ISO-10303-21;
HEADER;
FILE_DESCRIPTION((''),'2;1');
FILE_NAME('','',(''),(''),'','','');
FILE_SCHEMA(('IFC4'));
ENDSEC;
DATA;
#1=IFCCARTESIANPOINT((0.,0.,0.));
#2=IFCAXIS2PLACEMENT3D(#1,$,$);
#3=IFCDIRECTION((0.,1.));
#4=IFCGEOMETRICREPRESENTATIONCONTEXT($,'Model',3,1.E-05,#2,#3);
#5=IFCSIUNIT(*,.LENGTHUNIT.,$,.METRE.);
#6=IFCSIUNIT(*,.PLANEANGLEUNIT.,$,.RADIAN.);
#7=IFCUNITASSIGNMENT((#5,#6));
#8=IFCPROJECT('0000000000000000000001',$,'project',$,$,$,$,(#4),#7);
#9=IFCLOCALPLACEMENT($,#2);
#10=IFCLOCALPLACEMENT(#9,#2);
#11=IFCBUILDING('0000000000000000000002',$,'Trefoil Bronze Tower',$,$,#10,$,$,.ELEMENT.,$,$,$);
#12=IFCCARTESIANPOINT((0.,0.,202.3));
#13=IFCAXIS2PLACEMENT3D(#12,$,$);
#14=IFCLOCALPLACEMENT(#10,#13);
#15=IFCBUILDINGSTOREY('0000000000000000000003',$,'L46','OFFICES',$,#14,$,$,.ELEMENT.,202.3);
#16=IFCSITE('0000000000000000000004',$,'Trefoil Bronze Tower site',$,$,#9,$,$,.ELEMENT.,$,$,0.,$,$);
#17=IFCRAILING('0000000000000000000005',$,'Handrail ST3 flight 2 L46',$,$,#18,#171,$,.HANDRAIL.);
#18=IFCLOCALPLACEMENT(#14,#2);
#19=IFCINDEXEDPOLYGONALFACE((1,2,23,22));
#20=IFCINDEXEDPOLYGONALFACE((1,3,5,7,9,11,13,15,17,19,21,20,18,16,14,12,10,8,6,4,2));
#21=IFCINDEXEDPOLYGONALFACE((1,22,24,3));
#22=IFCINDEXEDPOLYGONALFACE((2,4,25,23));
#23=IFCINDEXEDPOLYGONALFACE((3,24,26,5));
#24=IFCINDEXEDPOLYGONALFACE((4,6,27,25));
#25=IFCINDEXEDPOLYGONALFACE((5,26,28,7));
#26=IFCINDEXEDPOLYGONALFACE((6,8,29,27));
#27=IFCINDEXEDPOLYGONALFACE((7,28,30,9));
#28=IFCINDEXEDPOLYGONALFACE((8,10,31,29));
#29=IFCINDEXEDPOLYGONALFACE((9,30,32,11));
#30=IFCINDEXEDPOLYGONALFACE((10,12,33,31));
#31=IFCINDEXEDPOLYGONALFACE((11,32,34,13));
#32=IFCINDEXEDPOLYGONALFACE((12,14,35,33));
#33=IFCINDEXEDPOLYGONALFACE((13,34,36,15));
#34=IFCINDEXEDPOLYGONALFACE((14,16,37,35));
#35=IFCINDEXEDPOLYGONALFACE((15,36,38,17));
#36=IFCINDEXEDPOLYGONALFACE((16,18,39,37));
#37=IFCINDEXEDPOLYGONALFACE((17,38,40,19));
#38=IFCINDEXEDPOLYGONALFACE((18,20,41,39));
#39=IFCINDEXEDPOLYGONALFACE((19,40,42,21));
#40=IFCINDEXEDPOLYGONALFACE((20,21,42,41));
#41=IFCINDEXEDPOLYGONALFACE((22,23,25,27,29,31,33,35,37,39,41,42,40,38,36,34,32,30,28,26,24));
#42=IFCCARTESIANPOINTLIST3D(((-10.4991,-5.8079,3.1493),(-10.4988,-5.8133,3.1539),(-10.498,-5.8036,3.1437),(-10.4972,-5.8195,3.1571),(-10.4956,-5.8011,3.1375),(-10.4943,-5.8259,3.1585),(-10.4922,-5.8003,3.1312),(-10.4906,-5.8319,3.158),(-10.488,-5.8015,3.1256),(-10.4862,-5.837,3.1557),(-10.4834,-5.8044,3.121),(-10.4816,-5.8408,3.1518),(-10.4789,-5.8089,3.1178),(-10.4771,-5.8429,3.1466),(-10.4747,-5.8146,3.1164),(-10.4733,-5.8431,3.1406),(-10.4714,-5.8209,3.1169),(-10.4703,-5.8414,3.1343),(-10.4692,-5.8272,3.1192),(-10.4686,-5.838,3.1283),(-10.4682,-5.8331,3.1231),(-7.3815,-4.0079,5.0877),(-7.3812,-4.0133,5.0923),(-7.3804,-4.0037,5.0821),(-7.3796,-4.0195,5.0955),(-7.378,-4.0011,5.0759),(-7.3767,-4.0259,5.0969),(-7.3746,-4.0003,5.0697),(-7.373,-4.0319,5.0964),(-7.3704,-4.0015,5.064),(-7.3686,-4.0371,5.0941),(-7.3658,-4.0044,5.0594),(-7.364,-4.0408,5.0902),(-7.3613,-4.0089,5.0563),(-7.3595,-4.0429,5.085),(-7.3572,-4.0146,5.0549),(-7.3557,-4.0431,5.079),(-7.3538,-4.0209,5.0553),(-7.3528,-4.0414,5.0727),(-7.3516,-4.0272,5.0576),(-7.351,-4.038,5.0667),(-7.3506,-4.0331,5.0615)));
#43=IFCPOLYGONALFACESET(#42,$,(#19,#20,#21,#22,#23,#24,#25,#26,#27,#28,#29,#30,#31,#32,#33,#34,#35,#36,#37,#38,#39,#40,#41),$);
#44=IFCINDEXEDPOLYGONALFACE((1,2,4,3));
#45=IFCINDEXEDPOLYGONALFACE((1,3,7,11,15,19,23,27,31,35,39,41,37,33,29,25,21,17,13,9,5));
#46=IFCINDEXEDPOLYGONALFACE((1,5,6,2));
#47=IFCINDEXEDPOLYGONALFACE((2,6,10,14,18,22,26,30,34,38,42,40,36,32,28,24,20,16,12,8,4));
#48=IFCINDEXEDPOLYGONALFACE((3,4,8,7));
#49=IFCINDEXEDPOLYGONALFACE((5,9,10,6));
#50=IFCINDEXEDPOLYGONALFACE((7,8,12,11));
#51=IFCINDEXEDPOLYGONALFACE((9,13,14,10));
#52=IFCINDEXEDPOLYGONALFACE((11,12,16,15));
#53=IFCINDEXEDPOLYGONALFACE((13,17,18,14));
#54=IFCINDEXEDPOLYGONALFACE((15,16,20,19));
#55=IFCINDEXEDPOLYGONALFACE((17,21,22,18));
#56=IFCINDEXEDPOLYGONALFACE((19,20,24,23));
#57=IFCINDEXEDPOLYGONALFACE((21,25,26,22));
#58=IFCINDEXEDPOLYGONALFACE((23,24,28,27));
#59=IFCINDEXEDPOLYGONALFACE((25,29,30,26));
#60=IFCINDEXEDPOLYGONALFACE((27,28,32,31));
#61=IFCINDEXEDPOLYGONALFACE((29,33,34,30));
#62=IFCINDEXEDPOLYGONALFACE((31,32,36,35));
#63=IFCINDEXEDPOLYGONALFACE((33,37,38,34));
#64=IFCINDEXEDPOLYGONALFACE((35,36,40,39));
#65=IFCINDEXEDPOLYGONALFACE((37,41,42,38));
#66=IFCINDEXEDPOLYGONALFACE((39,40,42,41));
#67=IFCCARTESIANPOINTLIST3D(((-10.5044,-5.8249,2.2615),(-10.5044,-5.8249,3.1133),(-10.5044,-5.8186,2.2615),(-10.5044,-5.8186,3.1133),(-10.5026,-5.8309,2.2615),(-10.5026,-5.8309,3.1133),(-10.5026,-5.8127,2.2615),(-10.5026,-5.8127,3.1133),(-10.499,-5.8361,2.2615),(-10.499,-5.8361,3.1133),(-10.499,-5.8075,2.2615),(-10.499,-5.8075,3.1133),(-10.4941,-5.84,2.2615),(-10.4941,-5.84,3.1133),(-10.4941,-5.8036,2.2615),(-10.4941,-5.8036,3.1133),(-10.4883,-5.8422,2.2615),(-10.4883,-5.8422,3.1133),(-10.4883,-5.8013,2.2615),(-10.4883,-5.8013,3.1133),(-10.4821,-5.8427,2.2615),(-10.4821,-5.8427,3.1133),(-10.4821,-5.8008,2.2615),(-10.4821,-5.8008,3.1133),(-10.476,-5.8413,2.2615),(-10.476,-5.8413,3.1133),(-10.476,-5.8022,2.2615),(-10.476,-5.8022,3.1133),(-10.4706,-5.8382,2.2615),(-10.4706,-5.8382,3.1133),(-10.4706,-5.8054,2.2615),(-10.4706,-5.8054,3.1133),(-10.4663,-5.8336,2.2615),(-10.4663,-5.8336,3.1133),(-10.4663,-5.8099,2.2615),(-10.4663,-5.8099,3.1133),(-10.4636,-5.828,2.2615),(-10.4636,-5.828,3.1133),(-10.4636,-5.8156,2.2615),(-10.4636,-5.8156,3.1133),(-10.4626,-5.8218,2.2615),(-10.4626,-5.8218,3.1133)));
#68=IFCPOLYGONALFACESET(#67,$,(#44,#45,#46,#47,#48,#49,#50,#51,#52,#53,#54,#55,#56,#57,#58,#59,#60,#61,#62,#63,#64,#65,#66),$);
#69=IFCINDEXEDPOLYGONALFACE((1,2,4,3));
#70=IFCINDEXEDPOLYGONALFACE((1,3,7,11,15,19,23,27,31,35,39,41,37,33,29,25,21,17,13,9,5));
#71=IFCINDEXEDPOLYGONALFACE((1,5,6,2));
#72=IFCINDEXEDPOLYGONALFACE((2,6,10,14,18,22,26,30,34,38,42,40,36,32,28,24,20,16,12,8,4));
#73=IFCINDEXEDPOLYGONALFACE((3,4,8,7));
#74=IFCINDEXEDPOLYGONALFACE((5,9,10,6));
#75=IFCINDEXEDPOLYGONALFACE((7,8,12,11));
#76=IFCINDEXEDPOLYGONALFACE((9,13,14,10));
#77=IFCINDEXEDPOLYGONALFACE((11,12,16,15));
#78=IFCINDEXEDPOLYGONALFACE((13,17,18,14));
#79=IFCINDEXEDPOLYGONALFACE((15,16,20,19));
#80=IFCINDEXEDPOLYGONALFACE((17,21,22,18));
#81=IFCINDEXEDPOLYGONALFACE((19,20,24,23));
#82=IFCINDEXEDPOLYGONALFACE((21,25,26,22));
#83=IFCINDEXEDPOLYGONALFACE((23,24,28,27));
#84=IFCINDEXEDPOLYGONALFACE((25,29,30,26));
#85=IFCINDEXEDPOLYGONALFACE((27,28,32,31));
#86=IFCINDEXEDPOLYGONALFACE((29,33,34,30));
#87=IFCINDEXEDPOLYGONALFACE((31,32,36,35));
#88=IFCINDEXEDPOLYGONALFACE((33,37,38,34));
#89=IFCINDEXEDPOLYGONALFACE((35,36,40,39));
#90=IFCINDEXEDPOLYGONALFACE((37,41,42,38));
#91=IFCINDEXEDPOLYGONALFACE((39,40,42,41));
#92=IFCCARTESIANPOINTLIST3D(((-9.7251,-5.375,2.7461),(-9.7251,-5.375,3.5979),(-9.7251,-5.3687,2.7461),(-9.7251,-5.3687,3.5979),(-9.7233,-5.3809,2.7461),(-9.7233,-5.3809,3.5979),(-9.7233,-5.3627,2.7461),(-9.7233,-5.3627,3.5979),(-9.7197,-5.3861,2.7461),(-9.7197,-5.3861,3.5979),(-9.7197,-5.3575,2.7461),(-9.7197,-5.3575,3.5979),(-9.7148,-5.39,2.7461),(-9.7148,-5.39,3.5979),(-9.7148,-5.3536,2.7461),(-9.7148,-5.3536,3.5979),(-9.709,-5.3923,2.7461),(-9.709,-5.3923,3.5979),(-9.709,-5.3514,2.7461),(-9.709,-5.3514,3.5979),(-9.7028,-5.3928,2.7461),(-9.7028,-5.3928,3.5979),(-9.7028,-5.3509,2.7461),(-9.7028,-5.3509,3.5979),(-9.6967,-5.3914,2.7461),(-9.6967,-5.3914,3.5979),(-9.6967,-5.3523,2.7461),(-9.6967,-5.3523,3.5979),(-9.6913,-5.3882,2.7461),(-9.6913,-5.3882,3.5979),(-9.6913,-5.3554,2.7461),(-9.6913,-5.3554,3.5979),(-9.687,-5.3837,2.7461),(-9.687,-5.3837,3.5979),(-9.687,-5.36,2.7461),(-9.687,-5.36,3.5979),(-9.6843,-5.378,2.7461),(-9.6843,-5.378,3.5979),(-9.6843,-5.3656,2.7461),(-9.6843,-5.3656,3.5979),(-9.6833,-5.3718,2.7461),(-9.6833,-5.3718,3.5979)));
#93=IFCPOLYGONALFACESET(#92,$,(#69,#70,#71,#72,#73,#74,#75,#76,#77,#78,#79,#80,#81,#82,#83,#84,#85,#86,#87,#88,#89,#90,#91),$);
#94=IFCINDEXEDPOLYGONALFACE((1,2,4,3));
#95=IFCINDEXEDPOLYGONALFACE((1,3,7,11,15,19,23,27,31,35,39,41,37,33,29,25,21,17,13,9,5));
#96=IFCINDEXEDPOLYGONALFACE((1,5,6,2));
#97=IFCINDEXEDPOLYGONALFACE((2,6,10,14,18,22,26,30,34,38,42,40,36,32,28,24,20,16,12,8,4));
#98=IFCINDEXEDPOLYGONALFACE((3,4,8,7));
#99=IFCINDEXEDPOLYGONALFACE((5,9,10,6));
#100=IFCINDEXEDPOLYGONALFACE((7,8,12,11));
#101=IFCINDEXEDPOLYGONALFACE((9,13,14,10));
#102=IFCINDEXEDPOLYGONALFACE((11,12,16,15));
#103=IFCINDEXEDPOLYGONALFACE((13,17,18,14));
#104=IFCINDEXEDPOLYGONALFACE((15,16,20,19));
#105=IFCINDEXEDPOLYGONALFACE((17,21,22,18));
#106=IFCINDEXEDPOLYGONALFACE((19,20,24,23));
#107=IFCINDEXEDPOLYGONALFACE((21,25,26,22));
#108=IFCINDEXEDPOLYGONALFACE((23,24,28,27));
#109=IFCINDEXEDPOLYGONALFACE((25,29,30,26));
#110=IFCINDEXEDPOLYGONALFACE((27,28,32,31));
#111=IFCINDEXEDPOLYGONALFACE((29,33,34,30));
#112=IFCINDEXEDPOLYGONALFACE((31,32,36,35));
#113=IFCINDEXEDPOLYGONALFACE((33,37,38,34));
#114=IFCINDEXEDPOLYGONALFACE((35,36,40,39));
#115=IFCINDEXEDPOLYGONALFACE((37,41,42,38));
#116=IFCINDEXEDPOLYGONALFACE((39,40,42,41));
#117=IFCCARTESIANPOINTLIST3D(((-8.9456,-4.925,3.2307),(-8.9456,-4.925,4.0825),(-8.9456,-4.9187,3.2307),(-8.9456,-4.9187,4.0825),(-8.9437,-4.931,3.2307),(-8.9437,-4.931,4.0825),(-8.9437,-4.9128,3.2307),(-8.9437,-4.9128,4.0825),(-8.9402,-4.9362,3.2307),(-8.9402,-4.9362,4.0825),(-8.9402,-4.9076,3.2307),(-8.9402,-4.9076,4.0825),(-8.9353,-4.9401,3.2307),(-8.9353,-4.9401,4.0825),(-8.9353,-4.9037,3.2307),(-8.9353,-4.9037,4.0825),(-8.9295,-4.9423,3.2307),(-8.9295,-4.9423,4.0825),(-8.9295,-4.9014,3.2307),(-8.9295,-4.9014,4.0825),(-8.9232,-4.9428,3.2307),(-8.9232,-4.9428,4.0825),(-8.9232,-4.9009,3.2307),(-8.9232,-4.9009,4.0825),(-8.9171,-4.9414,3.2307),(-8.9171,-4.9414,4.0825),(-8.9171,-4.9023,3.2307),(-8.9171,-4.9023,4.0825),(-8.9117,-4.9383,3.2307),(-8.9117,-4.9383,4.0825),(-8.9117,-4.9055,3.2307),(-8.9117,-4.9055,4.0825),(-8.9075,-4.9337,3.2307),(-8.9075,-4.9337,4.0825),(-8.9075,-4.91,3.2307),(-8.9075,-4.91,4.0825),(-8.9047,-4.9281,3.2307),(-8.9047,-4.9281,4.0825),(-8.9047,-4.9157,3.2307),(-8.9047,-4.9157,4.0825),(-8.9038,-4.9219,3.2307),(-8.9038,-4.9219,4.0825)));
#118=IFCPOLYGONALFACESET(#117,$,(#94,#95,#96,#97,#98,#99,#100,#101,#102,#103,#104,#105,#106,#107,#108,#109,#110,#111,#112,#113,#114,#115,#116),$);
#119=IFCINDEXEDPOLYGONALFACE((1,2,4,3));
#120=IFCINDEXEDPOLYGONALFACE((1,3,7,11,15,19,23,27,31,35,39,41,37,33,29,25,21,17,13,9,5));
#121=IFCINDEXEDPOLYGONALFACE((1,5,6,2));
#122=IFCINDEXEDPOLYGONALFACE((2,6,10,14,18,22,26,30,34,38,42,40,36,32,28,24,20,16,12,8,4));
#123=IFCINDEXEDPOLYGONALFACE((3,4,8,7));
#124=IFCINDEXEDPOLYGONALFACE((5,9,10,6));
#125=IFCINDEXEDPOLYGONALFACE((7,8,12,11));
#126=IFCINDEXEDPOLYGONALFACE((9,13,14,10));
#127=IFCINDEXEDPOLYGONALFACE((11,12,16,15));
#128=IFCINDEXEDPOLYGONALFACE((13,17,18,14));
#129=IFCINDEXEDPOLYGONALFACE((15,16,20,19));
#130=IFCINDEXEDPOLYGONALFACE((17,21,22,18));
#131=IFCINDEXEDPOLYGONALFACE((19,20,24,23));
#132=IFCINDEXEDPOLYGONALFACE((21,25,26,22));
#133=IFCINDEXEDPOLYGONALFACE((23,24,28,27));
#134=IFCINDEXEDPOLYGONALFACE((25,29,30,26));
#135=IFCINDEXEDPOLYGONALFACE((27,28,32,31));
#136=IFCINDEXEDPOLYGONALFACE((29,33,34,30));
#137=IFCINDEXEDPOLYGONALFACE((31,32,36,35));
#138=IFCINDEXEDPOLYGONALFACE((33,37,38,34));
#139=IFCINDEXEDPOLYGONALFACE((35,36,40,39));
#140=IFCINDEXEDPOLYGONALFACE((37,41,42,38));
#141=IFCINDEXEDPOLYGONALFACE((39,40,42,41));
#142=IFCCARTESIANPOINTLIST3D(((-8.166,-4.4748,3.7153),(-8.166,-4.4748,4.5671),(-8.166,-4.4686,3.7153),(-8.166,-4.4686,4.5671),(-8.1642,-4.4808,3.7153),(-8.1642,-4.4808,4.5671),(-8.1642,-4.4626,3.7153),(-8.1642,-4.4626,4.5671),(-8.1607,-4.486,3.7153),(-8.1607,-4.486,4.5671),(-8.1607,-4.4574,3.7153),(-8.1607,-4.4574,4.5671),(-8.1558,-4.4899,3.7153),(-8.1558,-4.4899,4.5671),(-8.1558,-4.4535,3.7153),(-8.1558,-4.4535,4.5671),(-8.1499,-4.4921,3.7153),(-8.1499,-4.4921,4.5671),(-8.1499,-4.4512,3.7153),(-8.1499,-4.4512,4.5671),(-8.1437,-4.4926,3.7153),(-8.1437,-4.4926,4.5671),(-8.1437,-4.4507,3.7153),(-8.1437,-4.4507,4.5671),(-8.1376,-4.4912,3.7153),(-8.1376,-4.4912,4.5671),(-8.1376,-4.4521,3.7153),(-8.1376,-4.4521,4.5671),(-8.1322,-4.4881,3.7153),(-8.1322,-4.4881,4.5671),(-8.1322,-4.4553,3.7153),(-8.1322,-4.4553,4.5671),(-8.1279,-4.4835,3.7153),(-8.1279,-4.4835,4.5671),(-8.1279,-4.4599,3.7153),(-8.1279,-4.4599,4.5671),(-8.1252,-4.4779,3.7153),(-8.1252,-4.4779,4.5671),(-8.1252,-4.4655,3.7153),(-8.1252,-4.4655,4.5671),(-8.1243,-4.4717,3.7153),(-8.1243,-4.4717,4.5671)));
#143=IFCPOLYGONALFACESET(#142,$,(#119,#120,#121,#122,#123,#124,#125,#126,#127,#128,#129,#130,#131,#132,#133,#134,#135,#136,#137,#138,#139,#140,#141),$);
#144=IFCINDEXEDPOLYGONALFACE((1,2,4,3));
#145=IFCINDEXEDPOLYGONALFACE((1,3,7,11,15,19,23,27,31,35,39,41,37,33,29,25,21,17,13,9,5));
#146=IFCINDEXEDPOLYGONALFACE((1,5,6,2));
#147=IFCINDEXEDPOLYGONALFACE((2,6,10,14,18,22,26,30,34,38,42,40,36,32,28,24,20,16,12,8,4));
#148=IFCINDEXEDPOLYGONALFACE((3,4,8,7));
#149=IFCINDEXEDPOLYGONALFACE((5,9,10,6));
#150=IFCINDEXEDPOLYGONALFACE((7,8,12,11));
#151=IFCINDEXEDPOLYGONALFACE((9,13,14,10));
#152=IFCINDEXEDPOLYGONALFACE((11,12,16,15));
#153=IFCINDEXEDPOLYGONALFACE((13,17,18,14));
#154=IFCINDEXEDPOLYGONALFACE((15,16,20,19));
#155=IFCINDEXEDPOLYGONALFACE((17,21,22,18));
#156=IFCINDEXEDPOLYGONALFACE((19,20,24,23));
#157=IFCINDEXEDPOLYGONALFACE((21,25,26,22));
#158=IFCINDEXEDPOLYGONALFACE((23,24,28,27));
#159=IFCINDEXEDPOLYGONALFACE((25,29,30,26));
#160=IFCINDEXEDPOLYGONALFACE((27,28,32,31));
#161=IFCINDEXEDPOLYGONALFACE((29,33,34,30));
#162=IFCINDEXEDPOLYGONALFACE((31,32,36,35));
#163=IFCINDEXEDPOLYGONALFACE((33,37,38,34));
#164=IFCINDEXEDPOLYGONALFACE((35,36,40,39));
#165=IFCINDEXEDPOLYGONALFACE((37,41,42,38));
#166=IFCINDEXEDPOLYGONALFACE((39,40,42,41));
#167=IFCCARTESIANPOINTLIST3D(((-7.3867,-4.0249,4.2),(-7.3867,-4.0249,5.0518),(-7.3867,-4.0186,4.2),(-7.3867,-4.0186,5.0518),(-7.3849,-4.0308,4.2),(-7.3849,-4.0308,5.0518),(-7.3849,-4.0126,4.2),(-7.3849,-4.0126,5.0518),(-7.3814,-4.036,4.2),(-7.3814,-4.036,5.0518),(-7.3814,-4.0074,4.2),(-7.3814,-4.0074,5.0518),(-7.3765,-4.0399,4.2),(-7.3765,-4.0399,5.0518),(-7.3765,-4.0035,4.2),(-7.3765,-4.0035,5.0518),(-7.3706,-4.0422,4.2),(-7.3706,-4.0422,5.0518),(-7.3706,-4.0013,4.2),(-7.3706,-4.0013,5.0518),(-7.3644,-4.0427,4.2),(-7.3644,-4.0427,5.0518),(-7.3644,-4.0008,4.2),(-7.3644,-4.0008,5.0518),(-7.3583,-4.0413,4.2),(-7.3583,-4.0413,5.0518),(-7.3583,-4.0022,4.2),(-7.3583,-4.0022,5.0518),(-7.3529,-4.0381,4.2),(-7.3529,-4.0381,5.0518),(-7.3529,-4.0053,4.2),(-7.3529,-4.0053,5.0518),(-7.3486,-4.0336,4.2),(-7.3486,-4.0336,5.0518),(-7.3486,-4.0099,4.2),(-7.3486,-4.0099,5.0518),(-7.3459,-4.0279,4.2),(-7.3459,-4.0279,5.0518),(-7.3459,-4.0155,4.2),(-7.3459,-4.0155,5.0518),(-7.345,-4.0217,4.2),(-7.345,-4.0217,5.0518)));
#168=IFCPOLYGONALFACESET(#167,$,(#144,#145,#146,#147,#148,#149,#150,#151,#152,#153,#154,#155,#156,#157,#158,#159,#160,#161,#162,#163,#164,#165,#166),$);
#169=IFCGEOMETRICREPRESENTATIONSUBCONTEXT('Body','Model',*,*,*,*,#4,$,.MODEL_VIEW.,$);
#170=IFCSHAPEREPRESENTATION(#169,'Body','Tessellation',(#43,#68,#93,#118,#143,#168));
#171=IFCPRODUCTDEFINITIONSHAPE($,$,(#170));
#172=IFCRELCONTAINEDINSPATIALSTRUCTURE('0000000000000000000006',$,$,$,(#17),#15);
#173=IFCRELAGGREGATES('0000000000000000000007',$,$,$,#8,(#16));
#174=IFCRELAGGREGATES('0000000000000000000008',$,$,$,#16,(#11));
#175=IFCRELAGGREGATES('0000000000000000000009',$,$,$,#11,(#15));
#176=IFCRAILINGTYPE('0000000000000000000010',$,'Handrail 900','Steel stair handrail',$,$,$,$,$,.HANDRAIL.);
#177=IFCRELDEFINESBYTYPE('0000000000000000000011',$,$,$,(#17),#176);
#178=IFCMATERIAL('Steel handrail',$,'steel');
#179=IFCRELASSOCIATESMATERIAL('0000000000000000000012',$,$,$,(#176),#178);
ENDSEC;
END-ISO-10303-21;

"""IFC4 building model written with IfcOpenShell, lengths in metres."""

from ifc_helpers import new_model, si_unit, direction, frame, origin, origin_2d, place, context, subcontext, project, spatial, circle, extrude, material, type_object, element, save


model = new_model("IFC4")

# Units and contexts
model_context = context("Model", 3, precision=1e-05, world=origin(), true_north=direction((0.0, 1.0)))
body_context = subcontext(model_context, "Body", "Model", "MODEL_VIEW")
ifc_project = project(units=[si_unit("LENGTHUNIT", "METRE"), si_unit("PLANEANGLEUNIT", "RADIAN")], contexts=[model_context])

# Site, building, storey
site_placement = place(None, origin())
site = spatial("IfcSite", under=ifc_project, at=site_placement, Name="Trefoil Bronze Tower site", CompositionType="ELEMENT", RefElevation=0.0)
building_placement = place(site_placement, origin())
building = spatial("IfcBuilding", under=site, at=building_placement, Name="Trefoil Bronze Tower", CompositionType="ELEMENT")
storey_placement = place(building_placement, frame((0.0, 0.0, 202.3)))
storey = spatial("IfcBuildingStorey", under=building, at=storey_placement, Name="L46", Description="OFFICES", CompositionType="ELEMENT", Elevation=202.3)

# Railing
ifc_material_1 = material(Name="Steel handrail", Category="steel")
railing_type = type_object("IfcRailingType", Name="Handrail 900", Description="Steel stair handrail", PredefinedType="HANDRAIL", material=ifc_material_1)
railing_1_placement = place(storey_placement, frame((-10.4836, -5.8218, 2.2615)))
element("IfcRailing", 1, at=railing_1_placement, inside=storey, type_object=railing_type, Name="Handrail ST3 flight 2 L46", PredefinedType="HANDRAIL", context=body_context, shape_type="SweptSolid", body=[
    extrude(circle(Radius=0.0239, at=origin_2d()), frame((0.0, 0.0, 0.876), z_axis=(0.762503, 0.440246, 0.474102), x_axis=(-0.500012, 0.866018, 0.0)), (0.0, 0.0, 1.0), 4.0886),
    extrude(circle(Radius=0.021, at=origin_2d()), origin(), (0.0, 0.0, 1.0), 0.8518),
    extrude(circle(Radius=0.021, at=origin_2d()), frame((0.7793, 0.45, 0.4846)), (0.0, 0.0, 1.0), 0.8518),
    extrude(circle(Radius=0.021, at=origin_2d()), frame((1.5588, 0.8999, 0.9692)), (0.0, 0.0, 1.0), 0.8518),
    extrude(circle(Radius=0.021, at=origin_2d()), frame((2.3384, 1.3501, 1.4539)), (0.0, 0.0, 1.0), 0.8518),
    extrude(circle(Radius=0.021, at=origin_2d()), frame((3.1177, 1.8, 1.9385)), (0.0, 0.0, 1.0), 0.8518),
])

save(model, "model.ifc")
